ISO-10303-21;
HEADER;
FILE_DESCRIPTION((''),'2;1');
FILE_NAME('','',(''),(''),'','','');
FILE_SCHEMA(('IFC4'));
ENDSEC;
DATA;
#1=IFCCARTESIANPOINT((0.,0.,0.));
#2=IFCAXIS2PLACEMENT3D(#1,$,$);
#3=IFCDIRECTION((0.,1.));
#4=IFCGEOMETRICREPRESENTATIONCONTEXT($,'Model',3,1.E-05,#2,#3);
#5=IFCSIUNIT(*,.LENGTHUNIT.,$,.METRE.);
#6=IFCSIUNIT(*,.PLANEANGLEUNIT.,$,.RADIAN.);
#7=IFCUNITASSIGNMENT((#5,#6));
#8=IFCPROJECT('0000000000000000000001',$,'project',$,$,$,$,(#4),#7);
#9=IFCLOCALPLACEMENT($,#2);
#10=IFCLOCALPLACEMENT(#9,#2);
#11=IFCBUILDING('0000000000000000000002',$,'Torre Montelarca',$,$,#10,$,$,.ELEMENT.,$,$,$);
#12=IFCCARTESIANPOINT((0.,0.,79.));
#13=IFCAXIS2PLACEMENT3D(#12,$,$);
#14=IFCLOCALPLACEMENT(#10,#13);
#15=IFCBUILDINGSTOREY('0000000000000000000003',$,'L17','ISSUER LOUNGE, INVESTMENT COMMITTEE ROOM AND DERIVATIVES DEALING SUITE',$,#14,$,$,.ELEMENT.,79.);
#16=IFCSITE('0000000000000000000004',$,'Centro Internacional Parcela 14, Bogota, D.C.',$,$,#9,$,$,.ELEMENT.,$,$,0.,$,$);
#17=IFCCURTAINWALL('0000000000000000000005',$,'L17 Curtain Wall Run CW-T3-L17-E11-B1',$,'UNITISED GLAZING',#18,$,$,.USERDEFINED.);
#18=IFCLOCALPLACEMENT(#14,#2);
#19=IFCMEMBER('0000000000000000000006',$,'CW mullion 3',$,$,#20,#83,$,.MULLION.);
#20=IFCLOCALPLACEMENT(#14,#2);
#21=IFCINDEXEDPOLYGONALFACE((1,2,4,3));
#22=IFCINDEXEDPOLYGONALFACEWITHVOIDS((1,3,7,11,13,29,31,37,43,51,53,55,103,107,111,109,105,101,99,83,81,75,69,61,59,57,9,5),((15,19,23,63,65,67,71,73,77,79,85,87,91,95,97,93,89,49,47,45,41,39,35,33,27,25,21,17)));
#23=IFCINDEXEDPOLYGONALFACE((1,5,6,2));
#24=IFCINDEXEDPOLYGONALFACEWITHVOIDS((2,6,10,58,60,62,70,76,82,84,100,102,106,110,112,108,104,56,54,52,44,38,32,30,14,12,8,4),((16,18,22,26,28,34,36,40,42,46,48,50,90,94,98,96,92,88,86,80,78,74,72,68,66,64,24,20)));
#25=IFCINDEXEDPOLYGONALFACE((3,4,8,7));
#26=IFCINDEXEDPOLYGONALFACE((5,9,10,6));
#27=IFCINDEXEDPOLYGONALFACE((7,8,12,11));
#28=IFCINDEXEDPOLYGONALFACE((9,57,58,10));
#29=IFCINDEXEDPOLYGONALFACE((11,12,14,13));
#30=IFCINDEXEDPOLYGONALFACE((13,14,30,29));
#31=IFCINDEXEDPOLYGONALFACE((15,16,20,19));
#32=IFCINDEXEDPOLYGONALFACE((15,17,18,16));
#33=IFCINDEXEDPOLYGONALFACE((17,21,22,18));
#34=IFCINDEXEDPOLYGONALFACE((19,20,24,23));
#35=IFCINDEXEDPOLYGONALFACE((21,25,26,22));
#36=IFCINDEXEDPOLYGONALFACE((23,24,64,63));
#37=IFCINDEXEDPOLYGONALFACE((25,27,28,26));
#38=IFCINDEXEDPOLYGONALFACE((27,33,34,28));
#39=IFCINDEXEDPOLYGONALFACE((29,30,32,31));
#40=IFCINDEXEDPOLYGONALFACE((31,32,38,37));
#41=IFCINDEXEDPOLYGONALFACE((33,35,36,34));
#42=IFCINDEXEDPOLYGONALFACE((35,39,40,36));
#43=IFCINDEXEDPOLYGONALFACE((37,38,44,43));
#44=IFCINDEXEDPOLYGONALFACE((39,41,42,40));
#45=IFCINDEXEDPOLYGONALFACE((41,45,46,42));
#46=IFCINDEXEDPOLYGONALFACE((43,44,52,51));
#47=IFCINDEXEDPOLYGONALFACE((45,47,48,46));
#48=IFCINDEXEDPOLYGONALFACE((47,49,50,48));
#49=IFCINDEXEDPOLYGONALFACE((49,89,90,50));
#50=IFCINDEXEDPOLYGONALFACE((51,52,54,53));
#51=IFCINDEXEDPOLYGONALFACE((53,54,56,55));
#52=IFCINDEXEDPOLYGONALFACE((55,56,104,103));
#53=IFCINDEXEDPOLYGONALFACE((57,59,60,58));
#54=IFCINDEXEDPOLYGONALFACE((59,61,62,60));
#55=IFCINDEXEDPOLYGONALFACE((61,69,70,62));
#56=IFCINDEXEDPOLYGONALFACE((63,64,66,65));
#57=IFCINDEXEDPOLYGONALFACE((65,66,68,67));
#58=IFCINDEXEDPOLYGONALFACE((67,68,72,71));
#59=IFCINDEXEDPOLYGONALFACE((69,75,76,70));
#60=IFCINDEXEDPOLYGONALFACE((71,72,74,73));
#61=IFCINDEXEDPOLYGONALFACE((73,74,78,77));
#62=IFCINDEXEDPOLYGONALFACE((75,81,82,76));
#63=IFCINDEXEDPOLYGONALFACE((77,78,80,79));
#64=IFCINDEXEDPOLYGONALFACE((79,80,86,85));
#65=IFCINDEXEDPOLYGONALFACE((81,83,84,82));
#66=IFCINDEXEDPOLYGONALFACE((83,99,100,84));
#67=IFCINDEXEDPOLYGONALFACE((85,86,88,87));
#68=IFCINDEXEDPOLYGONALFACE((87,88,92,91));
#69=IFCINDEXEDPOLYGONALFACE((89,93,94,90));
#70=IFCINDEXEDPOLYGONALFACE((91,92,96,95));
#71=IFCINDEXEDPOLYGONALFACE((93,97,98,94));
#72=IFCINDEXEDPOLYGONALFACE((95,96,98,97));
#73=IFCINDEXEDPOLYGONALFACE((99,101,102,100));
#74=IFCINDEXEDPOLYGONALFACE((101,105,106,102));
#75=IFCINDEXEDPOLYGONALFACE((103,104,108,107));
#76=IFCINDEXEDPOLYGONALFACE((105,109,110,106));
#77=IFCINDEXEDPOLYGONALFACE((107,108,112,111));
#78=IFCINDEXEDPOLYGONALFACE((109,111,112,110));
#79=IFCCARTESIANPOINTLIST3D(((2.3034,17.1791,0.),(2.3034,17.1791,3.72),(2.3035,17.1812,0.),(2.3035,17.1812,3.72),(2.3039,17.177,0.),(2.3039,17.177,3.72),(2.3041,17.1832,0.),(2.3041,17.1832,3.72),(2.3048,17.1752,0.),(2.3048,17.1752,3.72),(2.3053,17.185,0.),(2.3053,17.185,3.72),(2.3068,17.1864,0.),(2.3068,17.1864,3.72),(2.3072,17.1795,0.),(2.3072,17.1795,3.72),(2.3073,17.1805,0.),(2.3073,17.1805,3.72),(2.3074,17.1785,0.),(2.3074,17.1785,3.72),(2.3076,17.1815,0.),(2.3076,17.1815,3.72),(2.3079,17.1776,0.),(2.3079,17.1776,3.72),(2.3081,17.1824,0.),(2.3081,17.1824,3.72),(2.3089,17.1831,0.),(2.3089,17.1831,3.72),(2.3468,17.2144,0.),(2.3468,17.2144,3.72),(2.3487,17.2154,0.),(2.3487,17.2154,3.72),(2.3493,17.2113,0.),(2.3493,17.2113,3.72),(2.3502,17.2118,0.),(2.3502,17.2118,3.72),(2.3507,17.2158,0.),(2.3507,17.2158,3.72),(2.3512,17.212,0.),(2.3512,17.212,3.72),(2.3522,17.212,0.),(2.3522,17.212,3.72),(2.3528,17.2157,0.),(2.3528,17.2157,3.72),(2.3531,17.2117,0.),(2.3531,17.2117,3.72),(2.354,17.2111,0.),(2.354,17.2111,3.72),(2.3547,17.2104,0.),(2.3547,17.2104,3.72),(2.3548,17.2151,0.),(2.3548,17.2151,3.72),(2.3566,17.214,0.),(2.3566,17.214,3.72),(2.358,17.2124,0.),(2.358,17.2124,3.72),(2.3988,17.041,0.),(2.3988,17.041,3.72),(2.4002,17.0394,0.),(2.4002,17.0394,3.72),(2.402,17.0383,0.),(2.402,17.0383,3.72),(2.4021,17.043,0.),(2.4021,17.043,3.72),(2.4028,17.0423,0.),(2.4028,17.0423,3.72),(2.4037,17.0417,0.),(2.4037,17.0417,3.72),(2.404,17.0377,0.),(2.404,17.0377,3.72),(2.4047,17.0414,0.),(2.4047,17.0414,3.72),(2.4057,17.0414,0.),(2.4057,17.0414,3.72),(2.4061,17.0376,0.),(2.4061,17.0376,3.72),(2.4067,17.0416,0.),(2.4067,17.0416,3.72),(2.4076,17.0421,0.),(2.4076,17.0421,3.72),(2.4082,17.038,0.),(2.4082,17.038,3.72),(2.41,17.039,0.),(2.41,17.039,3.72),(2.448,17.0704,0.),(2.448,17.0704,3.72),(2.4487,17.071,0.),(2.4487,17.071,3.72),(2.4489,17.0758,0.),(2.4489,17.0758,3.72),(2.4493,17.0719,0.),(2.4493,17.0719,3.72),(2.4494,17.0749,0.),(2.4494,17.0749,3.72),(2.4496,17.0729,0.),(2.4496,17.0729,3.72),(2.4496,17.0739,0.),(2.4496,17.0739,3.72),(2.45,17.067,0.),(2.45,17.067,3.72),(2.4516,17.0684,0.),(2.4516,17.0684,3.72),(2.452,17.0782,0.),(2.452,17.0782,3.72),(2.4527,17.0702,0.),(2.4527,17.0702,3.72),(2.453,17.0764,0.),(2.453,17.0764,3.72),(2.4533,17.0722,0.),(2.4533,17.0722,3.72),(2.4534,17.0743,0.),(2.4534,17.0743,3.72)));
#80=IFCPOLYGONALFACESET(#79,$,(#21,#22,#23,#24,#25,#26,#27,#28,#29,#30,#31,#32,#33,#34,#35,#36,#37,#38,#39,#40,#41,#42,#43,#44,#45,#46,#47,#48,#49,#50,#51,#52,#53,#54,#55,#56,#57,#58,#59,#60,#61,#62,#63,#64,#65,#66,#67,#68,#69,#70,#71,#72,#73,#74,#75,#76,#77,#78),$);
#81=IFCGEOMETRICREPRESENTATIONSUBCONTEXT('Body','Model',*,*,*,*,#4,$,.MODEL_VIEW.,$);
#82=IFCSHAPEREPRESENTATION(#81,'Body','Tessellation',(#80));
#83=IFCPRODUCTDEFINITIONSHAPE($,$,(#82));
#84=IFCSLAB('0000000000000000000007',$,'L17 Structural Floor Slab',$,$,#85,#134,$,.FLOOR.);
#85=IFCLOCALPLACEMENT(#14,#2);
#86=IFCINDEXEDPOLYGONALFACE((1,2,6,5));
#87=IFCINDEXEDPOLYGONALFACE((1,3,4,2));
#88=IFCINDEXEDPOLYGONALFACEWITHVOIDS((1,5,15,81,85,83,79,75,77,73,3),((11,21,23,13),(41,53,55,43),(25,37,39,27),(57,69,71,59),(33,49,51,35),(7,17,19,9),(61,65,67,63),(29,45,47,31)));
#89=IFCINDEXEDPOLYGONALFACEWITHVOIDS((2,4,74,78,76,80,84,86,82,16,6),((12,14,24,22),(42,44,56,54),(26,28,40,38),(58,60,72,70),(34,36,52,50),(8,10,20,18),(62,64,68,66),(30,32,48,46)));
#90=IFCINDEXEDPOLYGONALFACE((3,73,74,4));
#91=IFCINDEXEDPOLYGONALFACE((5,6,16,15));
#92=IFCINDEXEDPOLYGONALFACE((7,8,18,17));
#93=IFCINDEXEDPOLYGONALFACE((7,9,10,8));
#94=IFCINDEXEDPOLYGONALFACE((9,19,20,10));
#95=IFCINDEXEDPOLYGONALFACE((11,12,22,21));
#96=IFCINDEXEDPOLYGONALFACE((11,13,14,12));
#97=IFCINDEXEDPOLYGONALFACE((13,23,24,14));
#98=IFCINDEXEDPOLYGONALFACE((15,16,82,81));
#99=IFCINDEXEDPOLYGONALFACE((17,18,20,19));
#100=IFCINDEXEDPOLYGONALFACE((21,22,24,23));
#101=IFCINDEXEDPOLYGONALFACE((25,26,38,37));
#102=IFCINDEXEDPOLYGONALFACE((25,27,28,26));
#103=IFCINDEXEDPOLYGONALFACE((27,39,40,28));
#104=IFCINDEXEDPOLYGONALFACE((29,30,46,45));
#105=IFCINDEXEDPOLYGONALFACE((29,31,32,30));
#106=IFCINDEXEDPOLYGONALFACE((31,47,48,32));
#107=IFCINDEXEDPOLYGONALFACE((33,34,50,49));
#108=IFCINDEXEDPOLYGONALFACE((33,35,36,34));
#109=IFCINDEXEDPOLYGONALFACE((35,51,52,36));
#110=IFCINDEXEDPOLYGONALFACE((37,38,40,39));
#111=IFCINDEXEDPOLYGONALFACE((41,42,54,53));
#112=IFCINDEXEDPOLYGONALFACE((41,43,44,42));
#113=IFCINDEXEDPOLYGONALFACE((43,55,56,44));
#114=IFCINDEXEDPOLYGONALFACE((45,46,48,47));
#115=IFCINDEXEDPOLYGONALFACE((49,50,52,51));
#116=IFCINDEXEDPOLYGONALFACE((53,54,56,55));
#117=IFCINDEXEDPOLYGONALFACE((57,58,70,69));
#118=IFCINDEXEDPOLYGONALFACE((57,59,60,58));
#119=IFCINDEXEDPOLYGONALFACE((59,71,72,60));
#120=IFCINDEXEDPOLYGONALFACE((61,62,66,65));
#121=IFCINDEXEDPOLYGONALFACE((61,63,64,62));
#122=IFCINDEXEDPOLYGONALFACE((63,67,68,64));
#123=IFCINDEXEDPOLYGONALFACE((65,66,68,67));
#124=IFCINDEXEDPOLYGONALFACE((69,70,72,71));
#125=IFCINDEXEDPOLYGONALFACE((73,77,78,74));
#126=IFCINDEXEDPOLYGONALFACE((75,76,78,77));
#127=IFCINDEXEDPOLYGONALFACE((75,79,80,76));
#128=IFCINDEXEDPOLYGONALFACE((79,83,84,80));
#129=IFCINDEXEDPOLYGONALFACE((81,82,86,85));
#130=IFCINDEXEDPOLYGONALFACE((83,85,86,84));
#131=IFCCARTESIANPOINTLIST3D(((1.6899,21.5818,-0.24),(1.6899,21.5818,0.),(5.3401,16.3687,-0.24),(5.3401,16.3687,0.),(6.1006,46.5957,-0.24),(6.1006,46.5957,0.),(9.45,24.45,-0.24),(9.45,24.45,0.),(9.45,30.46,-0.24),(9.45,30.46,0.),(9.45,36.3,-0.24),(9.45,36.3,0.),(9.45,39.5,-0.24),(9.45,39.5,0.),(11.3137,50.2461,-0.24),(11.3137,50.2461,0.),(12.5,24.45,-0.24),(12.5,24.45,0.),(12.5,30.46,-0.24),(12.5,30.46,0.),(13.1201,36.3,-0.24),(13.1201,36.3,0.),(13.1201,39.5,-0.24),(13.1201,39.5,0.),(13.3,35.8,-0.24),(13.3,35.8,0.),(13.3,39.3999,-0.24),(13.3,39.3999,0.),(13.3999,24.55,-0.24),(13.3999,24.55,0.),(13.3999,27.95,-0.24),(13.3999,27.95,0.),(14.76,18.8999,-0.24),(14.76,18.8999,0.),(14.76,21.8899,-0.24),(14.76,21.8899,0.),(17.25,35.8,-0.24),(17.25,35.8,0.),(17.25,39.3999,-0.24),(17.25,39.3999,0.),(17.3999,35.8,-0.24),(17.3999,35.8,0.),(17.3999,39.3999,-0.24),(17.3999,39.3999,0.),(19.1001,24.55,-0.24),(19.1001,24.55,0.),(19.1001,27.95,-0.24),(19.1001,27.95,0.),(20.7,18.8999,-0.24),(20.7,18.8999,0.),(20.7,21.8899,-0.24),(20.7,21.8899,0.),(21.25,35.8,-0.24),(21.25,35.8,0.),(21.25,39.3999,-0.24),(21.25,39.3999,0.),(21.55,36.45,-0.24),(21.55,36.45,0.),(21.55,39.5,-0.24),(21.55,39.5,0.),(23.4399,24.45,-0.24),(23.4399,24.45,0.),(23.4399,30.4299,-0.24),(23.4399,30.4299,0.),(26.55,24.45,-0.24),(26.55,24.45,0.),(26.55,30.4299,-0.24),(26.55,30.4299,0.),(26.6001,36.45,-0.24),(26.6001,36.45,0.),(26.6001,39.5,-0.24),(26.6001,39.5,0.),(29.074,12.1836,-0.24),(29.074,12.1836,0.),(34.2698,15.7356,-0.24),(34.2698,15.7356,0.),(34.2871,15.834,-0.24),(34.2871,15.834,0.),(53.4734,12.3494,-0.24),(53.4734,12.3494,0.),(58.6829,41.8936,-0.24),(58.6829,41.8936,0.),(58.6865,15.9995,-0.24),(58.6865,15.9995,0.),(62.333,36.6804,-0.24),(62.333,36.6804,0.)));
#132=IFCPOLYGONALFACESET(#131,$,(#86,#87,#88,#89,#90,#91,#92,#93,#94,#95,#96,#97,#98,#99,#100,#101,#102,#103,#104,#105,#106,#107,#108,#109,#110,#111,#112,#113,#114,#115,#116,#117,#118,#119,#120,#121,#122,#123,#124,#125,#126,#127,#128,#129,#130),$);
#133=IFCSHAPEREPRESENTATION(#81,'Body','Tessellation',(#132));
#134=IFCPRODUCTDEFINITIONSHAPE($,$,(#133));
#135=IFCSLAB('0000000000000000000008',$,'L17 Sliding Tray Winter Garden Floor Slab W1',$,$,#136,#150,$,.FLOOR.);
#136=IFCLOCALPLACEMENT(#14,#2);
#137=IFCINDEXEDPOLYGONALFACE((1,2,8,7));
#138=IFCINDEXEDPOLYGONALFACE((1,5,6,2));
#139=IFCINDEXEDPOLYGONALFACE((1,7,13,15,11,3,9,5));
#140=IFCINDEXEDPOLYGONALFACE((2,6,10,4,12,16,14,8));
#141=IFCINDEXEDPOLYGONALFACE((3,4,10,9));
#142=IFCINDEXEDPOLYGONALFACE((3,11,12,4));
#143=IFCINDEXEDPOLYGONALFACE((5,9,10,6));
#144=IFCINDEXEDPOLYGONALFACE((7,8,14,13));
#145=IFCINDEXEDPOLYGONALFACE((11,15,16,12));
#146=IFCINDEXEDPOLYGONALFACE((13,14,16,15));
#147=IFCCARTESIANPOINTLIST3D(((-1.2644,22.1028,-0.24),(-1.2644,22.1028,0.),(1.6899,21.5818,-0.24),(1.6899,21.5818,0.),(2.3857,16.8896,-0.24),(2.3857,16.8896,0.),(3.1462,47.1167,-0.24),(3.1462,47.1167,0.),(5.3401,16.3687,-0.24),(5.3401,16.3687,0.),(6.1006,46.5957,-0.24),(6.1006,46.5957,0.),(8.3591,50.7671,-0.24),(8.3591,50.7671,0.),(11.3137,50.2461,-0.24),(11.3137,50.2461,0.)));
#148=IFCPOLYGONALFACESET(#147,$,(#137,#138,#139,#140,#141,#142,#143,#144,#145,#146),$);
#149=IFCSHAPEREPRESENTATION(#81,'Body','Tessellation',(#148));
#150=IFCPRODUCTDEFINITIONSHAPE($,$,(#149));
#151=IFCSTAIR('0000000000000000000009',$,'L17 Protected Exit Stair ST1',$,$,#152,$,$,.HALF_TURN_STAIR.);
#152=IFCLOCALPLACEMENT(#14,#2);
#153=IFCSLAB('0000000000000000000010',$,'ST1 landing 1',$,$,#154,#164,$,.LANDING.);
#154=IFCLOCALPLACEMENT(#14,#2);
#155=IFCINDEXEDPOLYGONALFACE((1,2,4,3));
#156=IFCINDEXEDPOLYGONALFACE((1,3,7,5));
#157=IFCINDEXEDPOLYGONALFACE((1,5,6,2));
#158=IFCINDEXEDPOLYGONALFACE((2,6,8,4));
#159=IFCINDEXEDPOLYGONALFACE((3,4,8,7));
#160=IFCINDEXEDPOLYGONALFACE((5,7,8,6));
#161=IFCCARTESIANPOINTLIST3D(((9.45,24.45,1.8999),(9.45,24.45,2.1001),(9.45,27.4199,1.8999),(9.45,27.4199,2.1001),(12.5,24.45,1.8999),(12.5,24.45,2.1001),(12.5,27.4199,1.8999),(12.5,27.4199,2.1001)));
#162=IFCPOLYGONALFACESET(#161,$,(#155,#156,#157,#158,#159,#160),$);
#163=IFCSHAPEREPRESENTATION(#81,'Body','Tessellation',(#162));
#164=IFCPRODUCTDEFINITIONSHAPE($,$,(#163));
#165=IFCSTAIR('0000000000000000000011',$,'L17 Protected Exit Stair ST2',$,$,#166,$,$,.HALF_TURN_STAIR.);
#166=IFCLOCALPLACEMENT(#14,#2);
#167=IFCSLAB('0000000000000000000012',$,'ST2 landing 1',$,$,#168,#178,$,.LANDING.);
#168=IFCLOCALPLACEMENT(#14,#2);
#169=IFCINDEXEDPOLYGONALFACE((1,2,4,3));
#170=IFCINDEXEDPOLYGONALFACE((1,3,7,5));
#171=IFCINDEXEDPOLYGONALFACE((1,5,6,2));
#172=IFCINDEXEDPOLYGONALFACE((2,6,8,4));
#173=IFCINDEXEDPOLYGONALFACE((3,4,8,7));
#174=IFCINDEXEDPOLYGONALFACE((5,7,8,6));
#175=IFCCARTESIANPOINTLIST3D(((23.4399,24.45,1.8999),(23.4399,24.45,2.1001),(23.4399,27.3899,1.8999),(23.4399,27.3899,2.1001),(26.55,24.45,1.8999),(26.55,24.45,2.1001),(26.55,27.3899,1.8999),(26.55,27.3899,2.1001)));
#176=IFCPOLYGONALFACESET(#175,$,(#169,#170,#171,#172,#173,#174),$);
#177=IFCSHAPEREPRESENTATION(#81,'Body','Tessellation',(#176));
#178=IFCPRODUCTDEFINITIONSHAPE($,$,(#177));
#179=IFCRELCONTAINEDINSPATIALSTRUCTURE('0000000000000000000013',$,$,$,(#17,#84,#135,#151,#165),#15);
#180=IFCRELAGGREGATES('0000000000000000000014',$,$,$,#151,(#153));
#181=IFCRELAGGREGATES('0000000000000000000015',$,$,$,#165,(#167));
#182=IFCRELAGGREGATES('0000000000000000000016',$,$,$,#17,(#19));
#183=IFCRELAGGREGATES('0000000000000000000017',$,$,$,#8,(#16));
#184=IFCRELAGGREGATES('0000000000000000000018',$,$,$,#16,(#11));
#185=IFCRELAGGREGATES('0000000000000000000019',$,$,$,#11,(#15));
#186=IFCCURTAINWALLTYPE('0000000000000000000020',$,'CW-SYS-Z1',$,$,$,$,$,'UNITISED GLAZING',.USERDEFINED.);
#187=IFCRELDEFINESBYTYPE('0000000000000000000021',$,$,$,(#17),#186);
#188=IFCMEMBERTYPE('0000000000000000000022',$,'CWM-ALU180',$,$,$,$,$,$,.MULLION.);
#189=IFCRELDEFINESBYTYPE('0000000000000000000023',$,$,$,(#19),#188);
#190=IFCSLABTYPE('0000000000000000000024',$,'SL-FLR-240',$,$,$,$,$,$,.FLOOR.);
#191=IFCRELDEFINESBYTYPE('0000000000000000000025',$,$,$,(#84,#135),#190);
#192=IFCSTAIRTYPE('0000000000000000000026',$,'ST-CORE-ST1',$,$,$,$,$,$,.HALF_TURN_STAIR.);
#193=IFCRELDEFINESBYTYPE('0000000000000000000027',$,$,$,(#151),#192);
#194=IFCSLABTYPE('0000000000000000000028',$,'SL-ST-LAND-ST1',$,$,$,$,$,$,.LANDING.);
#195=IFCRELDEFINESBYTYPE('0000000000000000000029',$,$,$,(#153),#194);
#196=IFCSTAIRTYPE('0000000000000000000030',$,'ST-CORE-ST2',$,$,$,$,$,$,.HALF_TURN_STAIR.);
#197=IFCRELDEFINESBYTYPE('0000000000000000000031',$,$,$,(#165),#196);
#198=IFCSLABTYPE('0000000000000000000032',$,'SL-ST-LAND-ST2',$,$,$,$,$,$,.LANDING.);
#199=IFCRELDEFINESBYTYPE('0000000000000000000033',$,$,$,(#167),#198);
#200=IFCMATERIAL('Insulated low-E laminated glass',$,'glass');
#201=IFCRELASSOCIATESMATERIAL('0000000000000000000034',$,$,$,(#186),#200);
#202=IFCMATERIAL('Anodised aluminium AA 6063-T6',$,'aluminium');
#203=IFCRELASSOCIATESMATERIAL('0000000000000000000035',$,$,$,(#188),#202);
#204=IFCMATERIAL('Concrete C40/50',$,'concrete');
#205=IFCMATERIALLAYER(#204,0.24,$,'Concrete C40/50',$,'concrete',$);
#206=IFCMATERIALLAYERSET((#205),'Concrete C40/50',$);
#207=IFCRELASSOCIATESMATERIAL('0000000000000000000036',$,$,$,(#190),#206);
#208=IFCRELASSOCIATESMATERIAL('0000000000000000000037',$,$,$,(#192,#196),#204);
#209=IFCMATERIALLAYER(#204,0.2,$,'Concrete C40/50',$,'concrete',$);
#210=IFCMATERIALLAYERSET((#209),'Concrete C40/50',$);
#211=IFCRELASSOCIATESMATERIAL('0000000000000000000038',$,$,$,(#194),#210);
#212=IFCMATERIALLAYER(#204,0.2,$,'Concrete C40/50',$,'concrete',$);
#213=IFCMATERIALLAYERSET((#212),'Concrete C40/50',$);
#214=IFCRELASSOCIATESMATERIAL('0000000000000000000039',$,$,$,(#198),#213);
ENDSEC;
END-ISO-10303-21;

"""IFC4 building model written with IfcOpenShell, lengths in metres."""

from ifc_helpers import new_model, si_unit, direction, frame, origin, origin_2d, place, context, subcontext, project, spatial, polyline, hollow_rectangle, outline, extrude, source, transform, mapped, material, layer, layer_set, material_profile, profile_set, type_object, element, aggregate, save


model = new_model("IFC4")

# Units and contexts
model_context = context("Model", 3, precision=1e-05, world=origin(), true_north=direction((0.0, 1.0)))
body_context = subcontext(model_context, "Body", "Model", "MODEL_VIEW")
ifc_project = project(units=[si_unit("LENGTHUNIT", "METRE"), si_unit("PLANEANGLEUNIT", "RADIAN")], contexts=[model_context])

# Site, building, storey
site_placement = place(None, origin())
site = spatial("IfcSite", under=ifc_project, at=site_placement, Name="Centro Internacional Parcela 14, Bogota, D.C.", CompositionType="ELEMENT", RefElevation=0.0)
building_placement = place(site_placement, origin())
building = spatial("IfcBuilding", under=site, at=building_placement, Name="Torre Montelarca", CompositionType="ELEMENT")
storey_placement = place(building_placement, frame((0.0, 0.0, 79.0)))
storey = spatial("IfcBuildingStorey", under=building, at=storey_placement, Name="L17", Description="ISSUER LOUNGE, INVESTMENT COMMITTEE ROOM AND DERIVATIVES DEALING SUITE", CompositionType="ELEMENT", Elevation=79.0)

# Shared definitions
ifc_material_1 = material(Name="Insulated low-E laminated glass", Category="glass")
curtain_wall_type = type_object("IfcCurtainWallType", Name="CW-SYS-Z1", ElementType="UNITISED GLAZING", PredefinedType="USERDEFINED", material=ifc_material_1)
ifc_material_2 = material(Name="Anodised aluminium AA 6063-T6", Category="aluminium")

# Shared definitions
ifc_material_profile_1 = material_profile(ifc_material_2, hollow_rectangle(XDim=0.0649, YDim=0.1799, WallThickness=0.0039, InnerFilletRadius=0.0039, OuterFilletRadius=0.0081, at=origin_2d()), Name="ALU65X180X4", Category="aluminium")
ifc_profile_set_1 = profile_set([ifc_material_profile_1], Name="Anodised aluminium AA 6063-T6")
member_type_1 = type_object("IfcMemberType", Name="CWM-ALU180", PredefinedType="MULLION", material=ifc_profile_set_1)
shared_shape_1 = source(origin(), body_context, "Body", "SweptSolid", [
    extrude(hollow_rectangle(XDim=0.0649, YDim=0.1799, WallThickness=0.0039, InnerFilletRadius=0.0039, OuterFilletRadius=0.0081, at=origin_2d()), origin(), (0.0, 0.0, 1.0), 3.72),
])

# Curtain wall, member
curtain_wall_1_placement = place(storey_placement, origin())
curtain_wall_1 = element("IfcCurtainWall", 1, at=curtain_wall_1_placement, inside=storey, type_object=curtain_wall_type, Name="L17 Curtain Wall Run CW-T3-L17-E11-B1", ObjectType="UNITISED GLAZING", PredefinedType="USERDEFINED")
member_1_placement = place(storey_placement, frame((2.3784, 17.1267, 0.0), z_axis=(0.0, 0.0, 1.0), x_axis=(0.819174, 0.573546, 0.0)))
member_1 = element("IfcMember", 2, at=member_1_placement, type_object=member_type_1, Name="CW mullion 3", PredefinedType="MULLION", context=body_context, shape_type="MappedRepresentation", body=[
    mapped(shared_shape_1, transform((0.0, 0.0, 0.0), scale=1.0)),
])

# Slabs
ifc_material_3 = material(Name="Concrete C40/50", Category="concrete")
ifc_layer_1 = layer(ifc_material_3, 0.24, Name="Concrete C40/50", Category="concrete")
ifc_layer_set_1 = layer_set([ifc_layer_1], Name="Concrete C40/50")
slab_type_1 = type_object("IfcSlabType", Name="SL-FLR-240", PredefinedType="FLOOR", material=ifc_layer_set_1)
slab_1_placement = place(storey_placement, frame((0.0, 0.0, -0.24)))
element("IfcSlab", 3, at=slab_1_placement, inside=storey, type_object=slab_type_1, Name="L17 Structural Floor Slab", PredefinedType="FLOOR", context=body_context, shape_type="SweptSolid", body=[
    extrude(outline(polyline([(29.074, 12.1836), (34.2871, 15.834), (34.2698, 15.7356), (53.4734, 12.3494), (58.6865, 15.9995), (62.333, 36.6804), (58.6829, 41.8936), (11.3137, 50.2461), (6.1006, 46.5957), (1.6899, 21.5818), (5.3401, 16.3687), (29.074, 12.1836)]), holes=[polyline([(20.7, 18.8999), (14.76, 18.8999), (14.76, 21.8899), (20.7, 21.8899), (20.7, 18.8999)]), polyline([(19.1001, 24.55), (13.3999, 24.55), (13.3999, 27.95), (19.1001, 27.95), (19.1001, 24.55)]), polyline([(23.4399, 24.45), (23.4399, 30.4299), (26.55, 30.4299), (26.55, 24.45), (23.4399, 24.45)]), polyline([(9.45, 24.45), (9.45, 30.46), (12.5, 30.46), (12.5, 24.45), (9.45, 24.45)]), polyline([(17.25, 35.8), (13.3, 35.8), (13.3, 39.3999), (17.25, 39.3999), (17.25, 35.8)]), polyline([(21.25, 35.8), (17.3999, 35.8), (17.3999, 39.3999), (21.25, 39.3999), (21.25, 35.8)]), polyline([(13.1201, 36.3), (9.45, 36.3), (9.45, 39.5), (13.1201, 39.5), (13.1201, 36.3)]), polyline([(26.6001, 36.45), (21.55, 36.45), (21.55, 39.5), (26.6001, 39.5), (26.6001, 36.45)])]), origin(), (0.0, 0.0, 1.0), 0.24),
])
slab_2_placement = place(storey_placement, frame((0.0, 0.0, -0.24)))
element("IfcSlab", 4, at=slab_2_placement, inside=storey, type_object=slab_type_1, Name="L17 Sliding Tray Winter Garden Floor Slab W1", PredefinedType="FLOOR", context=body_context, shape_type="SweptSolid", body=[
    extrude(outline(polyline([(5.3401, 16.3687), (1.6899, 21.5818), (6.1006, 46.5957), (11.3137, 50.2461), (8.3591, 50.7671), (3.1462, 47.1167), (-1.2644, 22.1028), (2.3857, 16.8896), (5.3401, 16.3687)])), origin(), (0.0, 0.0, 1.0), 0.24),
])

# Stairs, slabs
stair_type_1 = type_object("IfcStairType", Name="ST-CORE-ST1", PredefinedType="HALF_TURN_STAIR", material=ifc_material_3)
stair_1_placement = place(storey_placement, origin())
stair_1 = element("IfcStair", 5, at=stair_1_placement, inside=storey, type_object=stair_type_1, Name="L17 Protected Exit Stair ST1", PredefinedType="HALF_TURN_STAIR")
ifc_layer_2 = layer(ifc_material_3, 0.2, Name="Concrete C40/50", Category="concrete")
ifc_layer_set_2 = layer_set([ifc_layer_2], Name="Concrete C40/50")
slab_type_2 = type_object("IfcSlabType", Name="SL-ST-LAND-ST1", PredefinedType="LANDING", material=ifc_layer_set_2)
slab_3_placement = place(storey_placement, frame((0.0, 0.0, 1.8999)))
slab_3 = element("IfcSlab", 6, at=slab_3_placement, type_object=slab_type_2, Name="ST1 landing 1", PredefinedType="LANDING", context=body_context, shape_type="SweptSolid", body=[
    extrude(outline(polyline([(9.45, 27.4199), (9.45, 24.45), (12.5, 24.45), (12.5, 27.4199), (9.45, 27.4199)])), origin(), (0.0, 0.0, 1.0), 0.2002),
])
aggregate(stair_1, [slab_3])
stair_type_2 = type_object("IfcStairType", Name="ST-CORE-ST2", PredefinedType="HALF_TURN_STAIR", material=ifc_material_3)
stair_2_placement = place(storey_placement, origin())
stair_2 = element("IfcStair", 7, at=stair_2_placement, inside=storey, type_object=stair_type_2, Name="L17 Protected Exit Stair ST2", PredefinedType="HALF_TURN_STAIR")
ifc_layer_3 = layer(ifc_material_3, 0.2, Name="Concrete C40/50", Category="concrete")
ifc_layer_set_3 = layer_set([ifc_layer_3], Name="Concrete C40/50")
slab_type_3 = type_object("IfcSlabType", Name="SL-ST-LAND-ST2", PredefinedType="LANDING", material=ifc_layer_set_3)
slab_4_placement = place(storey_placement, frame((0.0, 0.0, 1.8999)))
slab_4 = element("IfcSlab", 8, at=slab_4_placement, type_object=slab_type_3, Name="ST2 landing 1", PredefinedType="LANDING", context=body_context, shape_type="SweptSolid", body=[
    extrude(outline(polyline([(23.4399, 27.3899), (23.4399, 24.45), (26.55, 24.45), (26.55, 27.3899), (23.4399, 27.3899)])), origin(), (0.0, 0.0, 1.0), 0.2002),
])
aggregate(stair_2, [slab_4])

aggregate(curtain_wall_1, [member_1])

save(model, "model.ifc")
